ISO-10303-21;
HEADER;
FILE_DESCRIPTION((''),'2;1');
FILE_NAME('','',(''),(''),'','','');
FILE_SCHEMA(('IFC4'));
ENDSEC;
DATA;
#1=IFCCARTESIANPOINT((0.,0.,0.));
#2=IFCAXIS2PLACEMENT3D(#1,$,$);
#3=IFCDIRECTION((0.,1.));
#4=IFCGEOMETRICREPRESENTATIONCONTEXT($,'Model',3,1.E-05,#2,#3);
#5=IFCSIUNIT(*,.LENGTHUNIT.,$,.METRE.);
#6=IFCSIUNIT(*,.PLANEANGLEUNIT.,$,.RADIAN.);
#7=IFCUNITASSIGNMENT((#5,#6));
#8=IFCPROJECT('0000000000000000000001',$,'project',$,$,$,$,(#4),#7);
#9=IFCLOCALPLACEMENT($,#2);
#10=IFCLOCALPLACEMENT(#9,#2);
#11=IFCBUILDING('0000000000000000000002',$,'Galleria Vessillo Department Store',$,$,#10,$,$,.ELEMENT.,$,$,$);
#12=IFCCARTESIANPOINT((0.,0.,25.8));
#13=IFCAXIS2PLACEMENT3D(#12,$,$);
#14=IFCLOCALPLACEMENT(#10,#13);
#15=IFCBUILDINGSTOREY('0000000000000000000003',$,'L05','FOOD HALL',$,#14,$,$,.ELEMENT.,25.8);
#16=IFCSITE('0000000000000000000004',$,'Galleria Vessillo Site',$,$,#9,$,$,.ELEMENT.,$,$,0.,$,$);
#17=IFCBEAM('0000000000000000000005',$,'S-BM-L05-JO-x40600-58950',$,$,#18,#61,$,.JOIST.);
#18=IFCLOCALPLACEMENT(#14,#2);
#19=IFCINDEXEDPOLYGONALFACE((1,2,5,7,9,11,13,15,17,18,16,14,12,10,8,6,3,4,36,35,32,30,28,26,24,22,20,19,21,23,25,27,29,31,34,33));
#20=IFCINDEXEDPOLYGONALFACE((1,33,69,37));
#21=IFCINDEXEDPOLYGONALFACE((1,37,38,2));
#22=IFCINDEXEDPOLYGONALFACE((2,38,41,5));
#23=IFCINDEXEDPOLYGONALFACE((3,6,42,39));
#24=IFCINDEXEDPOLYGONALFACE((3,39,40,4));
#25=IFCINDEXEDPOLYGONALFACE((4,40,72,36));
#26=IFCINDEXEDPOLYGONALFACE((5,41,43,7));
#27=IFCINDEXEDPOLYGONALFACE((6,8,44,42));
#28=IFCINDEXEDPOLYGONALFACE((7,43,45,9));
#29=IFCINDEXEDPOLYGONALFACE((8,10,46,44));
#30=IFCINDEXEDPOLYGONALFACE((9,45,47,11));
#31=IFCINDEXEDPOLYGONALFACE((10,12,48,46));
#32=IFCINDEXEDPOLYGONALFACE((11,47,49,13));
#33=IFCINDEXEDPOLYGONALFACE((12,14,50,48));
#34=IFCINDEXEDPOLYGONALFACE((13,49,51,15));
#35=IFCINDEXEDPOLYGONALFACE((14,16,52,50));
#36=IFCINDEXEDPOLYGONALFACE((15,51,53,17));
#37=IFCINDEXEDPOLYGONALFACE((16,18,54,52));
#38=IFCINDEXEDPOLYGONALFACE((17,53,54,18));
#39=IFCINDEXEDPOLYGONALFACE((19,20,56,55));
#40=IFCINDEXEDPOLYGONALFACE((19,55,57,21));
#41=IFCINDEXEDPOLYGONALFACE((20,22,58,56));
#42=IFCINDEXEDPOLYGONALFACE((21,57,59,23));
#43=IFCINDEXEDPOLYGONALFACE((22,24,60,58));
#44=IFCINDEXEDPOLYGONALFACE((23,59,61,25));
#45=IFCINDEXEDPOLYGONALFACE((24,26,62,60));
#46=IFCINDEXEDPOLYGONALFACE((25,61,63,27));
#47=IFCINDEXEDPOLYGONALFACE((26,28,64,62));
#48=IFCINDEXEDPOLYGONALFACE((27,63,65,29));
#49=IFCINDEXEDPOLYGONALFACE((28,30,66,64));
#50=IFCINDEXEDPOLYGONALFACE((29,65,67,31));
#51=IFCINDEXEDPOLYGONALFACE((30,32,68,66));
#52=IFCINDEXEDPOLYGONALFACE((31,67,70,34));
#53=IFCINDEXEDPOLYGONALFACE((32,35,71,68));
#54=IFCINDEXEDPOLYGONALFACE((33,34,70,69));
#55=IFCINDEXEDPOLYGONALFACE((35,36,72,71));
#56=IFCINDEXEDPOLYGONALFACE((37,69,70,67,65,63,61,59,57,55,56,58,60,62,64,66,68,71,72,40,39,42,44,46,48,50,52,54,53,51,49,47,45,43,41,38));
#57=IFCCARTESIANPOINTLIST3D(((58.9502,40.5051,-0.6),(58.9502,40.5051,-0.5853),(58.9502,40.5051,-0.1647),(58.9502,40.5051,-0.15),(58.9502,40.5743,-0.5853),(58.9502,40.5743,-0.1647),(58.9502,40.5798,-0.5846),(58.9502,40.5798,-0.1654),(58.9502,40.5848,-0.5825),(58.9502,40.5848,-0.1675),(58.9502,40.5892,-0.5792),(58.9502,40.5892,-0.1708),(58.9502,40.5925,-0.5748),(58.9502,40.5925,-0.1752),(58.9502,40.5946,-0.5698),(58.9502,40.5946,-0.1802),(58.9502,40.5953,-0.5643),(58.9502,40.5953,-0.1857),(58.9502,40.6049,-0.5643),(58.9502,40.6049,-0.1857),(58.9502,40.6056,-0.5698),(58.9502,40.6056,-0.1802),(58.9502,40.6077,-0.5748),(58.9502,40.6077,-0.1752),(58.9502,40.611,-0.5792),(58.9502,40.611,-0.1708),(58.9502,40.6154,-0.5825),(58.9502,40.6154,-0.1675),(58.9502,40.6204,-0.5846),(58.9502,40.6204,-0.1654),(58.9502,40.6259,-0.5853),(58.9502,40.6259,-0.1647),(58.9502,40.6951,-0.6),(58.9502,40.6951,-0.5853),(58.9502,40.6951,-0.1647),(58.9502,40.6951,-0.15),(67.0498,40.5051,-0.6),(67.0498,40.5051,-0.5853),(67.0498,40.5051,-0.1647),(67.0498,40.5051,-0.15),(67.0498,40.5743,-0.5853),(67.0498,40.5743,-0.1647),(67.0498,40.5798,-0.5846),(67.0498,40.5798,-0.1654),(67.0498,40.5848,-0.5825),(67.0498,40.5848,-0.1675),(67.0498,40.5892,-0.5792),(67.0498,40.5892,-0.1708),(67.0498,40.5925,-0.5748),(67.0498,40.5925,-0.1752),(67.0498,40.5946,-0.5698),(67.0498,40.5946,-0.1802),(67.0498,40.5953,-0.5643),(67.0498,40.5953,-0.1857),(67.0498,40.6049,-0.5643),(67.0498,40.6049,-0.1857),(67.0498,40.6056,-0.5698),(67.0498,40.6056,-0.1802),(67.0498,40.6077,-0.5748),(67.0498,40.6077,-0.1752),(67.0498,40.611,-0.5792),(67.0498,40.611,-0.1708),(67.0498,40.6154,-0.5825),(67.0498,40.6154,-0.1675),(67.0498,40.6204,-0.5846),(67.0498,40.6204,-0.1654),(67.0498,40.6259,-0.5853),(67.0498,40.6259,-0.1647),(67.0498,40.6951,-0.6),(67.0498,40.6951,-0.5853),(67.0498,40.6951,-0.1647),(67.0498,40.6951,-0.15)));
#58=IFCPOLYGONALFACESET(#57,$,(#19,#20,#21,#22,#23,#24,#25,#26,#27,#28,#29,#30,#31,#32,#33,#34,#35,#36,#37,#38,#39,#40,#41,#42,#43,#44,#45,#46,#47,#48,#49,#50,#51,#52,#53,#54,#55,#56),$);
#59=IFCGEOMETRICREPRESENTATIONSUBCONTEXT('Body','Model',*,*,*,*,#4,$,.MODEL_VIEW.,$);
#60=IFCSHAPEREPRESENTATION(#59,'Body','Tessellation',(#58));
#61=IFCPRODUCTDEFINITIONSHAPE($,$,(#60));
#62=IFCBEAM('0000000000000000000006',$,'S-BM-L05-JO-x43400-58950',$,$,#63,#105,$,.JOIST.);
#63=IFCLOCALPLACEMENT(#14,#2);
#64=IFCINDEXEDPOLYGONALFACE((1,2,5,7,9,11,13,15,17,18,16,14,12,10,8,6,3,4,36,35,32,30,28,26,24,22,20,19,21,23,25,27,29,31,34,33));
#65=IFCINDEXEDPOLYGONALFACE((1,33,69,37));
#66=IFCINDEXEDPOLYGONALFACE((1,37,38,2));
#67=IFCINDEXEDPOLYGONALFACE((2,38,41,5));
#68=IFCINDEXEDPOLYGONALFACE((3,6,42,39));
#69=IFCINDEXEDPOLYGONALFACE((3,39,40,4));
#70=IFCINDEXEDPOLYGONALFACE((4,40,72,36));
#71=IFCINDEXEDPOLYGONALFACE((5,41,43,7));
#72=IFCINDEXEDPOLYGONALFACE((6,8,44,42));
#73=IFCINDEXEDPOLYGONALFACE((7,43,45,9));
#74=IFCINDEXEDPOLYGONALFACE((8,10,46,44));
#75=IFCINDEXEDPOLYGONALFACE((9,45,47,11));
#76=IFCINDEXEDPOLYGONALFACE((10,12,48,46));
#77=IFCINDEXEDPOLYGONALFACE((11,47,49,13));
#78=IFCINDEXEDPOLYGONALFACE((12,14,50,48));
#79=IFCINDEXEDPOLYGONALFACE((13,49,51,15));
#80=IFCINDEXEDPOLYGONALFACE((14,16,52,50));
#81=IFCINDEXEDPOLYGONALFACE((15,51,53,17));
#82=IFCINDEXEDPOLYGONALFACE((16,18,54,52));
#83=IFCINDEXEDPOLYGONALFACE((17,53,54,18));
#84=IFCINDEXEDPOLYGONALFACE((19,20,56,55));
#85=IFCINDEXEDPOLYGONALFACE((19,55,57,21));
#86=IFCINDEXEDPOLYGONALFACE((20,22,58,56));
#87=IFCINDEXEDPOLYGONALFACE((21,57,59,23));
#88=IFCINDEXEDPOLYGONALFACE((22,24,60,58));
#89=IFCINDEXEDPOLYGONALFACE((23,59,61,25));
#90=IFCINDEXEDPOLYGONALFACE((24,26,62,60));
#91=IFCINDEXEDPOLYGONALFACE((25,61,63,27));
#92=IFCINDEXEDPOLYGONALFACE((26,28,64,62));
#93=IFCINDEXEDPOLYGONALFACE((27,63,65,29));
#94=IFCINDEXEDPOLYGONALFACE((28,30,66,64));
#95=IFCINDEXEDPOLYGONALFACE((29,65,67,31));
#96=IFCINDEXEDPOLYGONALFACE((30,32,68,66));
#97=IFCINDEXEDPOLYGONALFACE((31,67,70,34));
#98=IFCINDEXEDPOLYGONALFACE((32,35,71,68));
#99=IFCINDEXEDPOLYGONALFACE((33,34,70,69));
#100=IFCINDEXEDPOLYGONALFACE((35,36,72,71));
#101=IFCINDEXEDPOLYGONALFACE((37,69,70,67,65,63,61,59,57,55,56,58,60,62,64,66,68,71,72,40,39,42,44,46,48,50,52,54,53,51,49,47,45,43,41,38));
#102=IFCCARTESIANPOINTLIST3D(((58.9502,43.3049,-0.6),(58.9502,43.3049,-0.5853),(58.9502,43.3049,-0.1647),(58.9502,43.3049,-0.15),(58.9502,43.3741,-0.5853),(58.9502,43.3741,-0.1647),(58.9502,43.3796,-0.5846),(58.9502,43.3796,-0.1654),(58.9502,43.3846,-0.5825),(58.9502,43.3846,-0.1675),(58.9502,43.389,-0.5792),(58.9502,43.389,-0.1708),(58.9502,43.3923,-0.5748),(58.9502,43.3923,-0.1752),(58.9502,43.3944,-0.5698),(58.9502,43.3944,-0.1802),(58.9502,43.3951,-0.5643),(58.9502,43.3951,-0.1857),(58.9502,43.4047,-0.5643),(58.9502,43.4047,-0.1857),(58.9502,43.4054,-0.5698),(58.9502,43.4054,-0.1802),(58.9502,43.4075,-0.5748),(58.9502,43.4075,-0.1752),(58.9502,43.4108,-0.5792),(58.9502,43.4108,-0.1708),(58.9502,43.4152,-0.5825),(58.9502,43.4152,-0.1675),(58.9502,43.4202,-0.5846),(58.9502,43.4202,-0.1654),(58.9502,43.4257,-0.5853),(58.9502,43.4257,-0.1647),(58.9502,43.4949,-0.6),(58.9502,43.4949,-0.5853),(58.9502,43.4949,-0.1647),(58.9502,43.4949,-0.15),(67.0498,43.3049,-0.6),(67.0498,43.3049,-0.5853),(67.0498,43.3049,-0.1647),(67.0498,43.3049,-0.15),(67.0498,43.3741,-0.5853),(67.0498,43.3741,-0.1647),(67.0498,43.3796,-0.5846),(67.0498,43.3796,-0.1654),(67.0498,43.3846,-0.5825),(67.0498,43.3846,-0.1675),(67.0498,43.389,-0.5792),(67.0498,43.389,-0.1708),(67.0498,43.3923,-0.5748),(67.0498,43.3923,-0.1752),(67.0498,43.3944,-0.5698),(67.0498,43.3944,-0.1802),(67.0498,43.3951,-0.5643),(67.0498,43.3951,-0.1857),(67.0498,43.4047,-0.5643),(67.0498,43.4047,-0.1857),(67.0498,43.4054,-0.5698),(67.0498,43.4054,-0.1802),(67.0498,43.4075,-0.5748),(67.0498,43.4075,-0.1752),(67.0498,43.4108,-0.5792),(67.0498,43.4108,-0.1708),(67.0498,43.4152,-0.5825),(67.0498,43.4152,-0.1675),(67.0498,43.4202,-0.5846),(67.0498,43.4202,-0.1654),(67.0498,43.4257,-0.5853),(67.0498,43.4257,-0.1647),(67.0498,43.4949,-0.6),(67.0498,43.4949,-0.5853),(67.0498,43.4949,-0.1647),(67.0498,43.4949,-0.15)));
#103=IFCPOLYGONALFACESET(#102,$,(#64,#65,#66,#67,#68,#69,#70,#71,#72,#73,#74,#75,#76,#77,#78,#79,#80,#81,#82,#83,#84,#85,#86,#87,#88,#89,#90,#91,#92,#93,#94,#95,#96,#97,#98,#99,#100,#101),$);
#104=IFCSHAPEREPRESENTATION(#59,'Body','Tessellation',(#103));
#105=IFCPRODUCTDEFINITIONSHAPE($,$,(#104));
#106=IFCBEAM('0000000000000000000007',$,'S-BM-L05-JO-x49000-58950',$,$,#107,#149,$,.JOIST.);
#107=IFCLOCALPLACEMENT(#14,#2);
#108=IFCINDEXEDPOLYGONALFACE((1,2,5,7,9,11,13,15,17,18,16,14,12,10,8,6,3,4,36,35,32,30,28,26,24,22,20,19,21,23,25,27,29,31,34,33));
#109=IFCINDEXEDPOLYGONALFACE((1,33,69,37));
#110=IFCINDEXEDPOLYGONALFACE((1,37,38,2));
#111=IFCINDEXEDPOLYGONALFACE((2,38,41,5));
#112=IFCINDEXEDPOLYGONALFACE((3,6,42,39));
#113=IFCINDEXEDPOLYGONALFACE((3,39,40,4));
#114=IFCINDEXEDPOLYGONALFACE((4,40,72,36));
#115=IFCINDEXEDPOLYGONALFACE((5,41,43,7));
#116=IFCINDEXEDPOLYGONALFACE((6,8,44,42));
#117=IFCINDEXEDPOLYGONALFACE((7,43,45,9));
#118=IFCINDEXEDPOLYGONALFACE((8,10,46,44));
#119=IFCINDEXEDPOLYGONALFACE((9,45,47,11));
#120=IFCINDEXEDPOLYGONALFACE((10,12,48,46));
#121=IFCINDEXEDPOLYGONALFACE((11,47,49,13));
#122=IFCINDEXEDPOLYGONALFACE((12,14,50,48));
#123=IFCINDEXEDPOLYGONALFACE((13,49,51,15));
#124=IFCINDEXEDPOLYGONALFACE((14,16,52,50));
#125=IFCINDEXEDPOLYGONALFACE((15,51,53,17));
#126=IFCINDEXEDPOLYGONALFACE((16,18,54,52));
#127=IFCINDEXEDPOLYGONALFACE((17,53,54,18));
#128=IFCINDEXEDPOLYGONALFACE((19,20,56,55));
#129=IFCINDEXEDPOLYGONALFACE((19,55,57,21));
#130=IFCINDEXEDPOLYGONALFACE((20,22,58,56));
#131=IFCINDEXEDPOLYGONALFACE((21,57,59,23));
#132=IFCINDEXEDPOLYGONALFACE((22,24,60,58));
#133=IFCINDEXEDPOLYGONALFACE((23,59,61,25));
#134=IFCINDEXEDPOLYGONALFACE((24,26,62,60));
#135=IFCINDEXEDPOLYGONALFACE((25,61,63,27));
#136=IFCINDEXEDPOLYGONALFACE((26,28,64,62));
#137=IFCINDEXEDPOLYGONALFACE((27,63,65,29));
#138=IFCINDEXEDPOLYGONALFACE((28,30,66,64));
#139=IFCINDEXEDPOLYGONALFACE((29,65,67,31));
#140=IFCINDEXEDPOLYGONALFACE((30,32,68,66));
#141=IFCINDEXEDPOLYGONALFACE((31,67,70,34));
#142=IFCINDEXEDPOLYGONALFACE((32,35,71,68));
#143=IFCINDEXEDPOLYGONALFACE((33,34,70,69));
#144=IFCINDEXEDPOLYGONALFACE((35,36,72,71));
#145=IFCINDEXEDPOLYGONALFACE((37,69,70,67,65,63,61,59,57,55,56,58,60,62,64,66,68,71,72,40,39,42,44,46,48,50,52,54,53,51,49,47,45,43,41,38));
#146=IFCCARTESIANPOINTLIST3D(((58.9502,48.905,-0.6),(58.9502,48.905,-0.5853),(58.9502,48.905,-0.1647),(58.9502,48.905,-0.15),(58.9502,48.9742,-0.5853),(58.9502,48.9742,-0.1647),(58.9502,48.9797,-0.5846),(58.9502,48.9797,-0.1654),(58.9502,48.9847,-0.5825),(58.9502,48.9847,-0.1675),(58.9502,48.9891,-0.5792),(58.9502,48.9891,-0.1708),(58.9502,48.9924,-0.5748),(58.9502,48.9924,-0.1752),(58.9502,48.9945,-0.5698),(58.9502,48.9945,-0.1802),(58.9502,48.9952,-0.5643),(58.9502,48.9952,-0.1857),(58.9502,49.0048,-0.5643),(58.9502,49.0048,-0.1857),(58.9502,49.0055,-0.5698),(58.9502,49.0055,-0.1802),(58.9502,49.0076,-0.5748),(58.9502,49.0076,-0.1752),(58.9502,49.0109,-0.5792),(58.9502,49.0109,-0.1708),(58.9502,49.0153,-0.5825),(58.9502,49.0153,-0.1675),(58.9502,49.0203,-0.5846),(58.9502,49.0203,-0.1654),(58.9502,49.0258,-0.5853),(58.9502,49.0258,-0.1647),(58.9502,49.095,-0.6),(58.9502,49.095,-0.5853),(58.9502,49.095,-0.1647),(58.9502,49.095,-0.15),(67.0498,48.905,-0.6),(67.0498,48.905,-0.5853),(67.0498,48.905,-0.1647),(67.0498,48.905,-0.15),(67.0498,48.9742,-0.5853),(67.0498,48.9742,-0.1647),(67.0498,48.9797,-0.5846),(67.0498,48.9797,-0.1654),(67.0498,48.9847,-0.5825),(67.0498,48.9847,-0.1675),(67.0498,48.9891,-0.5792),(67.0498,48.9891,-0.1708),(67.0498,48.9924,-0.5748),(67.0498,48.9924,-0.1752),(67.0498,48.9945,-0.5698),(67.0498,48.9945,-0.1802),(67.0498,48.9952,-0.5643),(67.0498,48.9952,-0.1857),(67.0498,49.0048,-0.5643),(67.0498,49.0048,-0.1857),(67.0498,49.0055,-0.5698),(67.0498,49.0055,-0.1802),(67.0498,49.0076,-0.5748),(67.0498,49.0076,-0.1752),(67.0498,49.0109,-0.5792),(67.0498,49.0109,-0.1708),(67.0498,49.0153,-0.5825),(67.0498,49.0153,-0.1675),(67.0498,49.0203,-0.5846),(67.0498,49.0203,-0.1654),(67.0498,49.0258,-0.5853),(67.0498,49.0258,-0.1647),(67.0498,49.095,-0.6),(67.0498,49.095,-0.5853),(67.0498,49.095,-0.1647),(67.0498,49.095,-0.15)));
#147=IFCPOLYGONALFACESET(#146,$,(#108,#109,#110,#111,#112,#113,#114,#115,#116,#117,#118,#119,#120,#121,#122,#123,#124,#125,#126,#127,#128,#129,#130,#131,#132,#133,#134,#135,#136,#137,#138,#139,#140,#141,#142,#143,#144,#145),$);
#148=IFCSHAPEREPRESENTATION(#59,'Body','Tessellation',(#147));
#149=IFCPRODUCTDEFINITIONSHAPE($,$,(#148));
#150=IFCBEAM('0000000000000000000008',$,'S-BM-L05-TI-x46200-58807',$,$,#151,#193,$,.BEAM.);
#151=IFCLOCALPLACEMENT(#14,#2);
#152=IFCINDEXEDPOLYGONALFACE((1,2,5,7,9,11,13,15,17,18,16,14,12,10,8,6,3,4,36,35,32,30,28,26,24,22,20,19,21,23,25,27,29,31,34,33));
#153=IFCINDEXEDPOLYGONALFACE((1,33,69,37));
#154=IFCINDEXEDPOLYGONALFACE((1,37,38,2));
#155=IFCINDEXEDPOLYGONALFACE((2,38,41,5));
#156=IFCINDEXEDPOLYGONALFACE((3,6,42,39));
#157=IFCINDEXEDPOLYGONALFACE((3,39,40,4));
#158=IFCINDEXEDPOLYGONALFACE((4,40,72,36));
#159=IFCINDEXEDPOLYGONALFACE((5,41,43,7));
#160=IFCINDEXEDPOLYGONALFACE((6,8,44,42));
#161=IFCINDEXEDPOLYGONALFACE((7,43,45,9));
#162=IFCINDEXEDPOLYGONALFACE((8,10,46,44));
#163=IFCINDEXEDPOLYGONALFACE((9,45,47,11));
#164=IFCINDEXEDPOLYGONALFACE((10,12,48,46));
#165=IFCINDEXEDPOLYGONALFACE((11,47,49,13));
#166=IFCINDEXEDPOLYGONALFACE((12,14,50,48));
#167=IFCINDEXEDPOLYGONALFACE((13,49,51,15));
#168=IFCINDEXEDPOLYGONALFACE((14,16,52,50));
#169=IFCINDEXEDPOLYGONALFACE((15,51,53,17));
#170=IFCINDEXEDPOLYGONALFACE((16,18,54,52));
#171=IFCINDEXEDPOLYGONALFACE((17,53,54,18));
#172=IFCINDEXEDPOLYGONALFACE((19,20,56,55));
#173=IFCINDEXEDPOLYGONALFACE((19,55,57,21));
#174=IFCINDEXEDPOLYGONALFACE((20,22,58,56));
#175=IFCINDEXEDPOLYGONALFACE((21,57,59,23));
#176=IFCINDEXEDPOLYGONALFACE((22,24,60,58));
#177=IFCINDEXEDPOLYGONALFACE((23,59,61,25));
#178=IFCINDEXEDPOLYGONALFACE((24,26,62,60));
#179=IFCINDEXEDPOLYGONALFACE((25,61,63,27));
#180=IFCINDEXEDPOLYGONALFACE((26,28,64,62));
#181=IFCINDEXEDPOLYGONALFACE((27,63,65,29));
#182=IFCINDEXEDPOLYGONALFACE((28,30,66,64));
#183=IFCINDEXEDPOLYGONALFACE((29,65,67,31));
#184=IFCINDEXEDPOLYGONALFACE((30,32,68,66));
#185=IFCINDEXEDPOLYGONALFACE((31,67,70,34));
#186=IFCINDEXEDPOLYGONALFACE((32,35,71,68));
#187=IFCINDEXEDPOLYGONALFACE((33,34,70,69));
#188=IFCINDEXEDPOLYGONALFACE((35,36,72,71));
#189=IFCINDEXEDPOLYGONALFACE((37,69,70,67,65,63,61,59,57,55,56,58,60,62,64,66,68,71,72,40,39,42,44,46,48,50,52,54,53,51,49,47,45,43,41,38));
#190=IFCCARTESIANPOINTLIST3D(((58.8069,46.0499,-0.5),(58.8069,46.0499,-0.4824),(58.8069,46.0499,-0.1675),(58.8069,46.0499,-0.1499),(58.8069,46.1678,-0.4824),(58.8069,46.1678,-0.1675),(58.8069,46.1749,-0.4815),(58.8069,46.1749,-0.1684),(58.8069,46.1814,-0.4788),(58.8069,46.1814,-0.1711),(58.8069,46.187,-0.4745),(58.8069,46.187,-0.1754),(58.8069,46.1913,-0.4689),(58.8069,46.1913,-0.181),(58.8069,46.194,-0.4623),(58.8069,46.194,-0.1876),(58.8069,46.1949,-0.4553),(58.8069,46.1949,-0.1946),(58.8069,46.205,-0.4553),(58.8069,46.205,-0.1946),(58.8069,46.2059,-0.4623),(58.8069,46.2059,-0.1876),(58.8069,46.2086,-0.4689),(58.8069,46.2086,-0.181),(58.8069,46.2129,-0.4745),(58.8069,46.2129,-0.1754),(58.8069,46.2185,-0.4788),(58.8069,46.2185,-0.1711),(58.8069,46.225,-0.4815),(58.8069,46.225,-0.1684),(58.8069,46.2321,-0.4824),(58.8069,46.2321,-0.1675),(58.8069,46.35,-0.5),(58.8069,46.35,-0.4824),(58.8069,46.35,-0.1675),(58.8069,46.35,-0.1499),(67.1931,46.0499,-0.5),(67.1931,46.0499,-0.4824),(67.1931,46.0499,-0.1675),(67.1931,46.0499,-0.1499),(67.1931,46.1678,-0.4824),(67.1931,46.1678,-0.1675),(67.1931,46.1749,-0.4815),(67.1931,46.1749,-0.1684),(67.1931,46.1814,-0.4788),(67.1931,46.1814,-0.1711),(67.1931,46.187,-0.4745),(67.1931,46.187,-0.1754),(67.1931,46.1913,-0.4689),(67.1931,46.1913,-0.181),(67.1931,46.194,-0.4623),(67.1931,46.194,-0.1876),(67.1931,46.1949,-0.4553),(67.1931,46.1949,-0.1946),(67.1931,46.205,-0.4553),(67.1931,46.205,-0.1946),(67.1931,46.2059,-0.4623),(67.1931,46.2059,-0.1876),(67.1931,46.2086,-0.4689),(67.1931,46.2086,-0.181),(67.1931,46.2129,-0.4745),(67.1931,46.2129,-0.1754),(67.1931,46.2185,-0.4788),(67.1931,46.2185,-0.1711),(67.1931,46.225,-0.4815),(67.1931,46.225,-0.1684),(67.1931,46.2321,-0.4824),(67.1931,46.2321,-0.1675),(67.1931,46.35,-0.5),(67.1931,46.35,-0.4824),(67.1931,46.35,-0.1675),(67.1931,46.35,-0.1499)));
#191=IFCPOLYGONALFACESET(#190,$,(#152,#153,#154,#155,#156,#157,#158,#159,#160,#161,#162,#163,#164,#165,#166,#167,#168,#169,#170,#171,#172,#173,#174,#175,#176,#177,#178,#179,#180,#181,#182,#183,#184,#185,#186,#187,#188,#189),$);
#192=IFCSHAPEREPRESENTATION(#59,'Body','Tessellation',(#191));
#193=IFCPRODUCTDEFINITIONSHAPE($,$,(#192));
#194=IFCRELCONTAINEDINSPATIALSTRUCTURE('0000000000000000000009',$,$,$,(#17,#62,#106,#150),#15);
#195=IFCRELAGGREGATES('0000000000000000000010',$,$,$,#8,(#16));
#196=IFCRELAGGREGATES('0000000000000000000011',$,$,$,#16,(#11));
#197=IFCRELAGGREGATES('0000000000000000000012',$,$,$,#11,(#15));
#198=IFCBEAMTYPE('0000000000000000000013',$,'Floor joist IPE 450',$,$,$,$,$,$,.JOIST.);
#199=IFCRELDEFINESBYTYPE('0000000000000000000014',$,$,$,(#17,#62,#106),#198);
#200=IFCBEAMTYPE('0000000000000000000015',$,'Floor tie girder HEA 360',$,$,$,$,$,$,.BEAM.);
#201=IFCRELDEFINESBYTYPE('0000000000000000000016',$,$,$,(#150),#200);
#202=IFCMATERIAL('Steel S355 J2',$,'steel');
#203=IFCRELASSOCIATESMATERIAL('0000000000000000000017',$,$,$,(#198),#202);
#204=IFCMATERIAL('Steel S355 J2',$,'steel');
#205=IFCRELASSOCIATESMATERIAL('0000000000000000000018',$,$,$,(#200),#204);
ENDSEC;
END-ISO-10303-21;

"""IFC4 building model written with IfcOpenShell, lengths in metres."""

from ifc_helpers import new_model, si_unit, direction, frame, origin, origin_2d, place, context, subcontext, project, spatial, i_section, extrude, material, material_profile, profile_set, type_object, element, save


model = new_model("IFC4")

# Units and contexts
model_context = context("Model", 3, precision=1e-05, world=origin(), true_north=direction((0.0, 1.0)))
body_context = subcontext(model_context, "Body", "Model", "MODEL_VIEW")
ifc_project = project(units=[si_unit("LENGTHUNIT", "METRE"), si_unit("PLANEANGLEUNIT", "RADIAN")], contexts=[model_context])

# Site, building, storey
site_placement = place(None, origin())
site = spatial("IfcSite", under=ifc_project, at=site_placement, Name="Galleria Vessillo Site", CompositionType="ELEMENT", RefElevation=0.0)
building_placement = place(site_placement, origin())
building = spatial("IfcBuilding", under=site, at=building_placement, Name="Galleria Vessillo Department Store", CompositionType="ELEMENT")
storey_placement = place(building_placement, frame((0.0, 0.0, 25.8)))
storey = spatial("IfcBuildingStorey", under=building, at=storey_placement, Name="L05", Description="FOOD HALL", CompositionType="ELEMENT", Elevation=25.8)

# Beams
ifc_material_1 = material(Name="Steel S355 J2", Category="steel")
ifc_material_profile_1 = material_profile(ifc_material_1, i_section(OverallWidth=0.1899, OverallDepth=0.45, WebThickness=0.0095, FlangeThickness=0.0146, FilletRadius=0.021, at=origin_2d()), Name="IPE 450")
ifc_profile_set_1 = profile_set([ifc_material_profile_1], Name="Steel S355 J2")
beam_type_1 = type_object("IfcBeamType", Name="Floor joist IPE 450", PredefinedType="JOIST", material=ifc_profile_set_1)
for number, where, z_axis, x_axis, name in (
    (1, (58.9502, 40.6001, -0.375), (1.0, 0.0, 0.0), (0.0, 1.0, 0.0), "S-BM-L05-JO-x40600-58950"),
    (2, (58.9502, 43.3999, -0.375), (1.0, 0.0, 0.0), (0.0, 1.0, 0.0), "S-BM-L05-JO-x43400-58950"),
    (3, (58.9502, 49.0, -0.375), (1.0, 0.0, 0.0), (0.0, 1.0, 0.0), "S-BM-L05-JO-x49000-58950"),
):
    element("IfcBeam", number, at=place(storey_placement, frame(where, z_axis=z_axis, x_axis=x_axis)), inside=storey, type_object=beam_type_1, Name=name, PredefinedType="JOIST", context=body_context, shape_type="SweptSolid", body=[
        extrude(i_section(OverallWidth=0.1899, OverallDepth=0.45, WebThickness=0.0095, FlangeThickness=0.0146, FilletRadius=0.021, at=origin_2d()), origin(), (0.0, 0.0, 1.0), 8.0996),
    ])
ifc_material_2 = material(Name="Steel S355 J2", Category="steel")
ifc_material_profile_2 = material_profile(ifc_material_2, i_section(OverallWidth=0.3, OverallDepth=0.3501, WebThickness=0.01, FlangeThickness=0.0176, FilletRadius=0.0271, at=origin_2d()), Name="HEA 360")
ifc_profile_set_2 = profile_set([ifc_material_profile_2], Name="Steel S355 J2")
beam_type_2 = type_object("IfcBeamType", Name="Floor tie girder HEA 360", PredefinedType="BEAM", material=ifc_profile_set_2)
beam_1_placement = place(storey_placement, frame((58.8069, 46.2, -0.325), z_axis=(1.0, 0.0, 0.0), x_axis=(0.0, 1.0, 0.0)))
element("IfcBeam", 4, at=beam_1_placement, inside=storey, type_object=beam_type_2, Name="S-BM-L05-TI-x46200-58807", PredefinedType="BEAM", context=body_context, shape_type="SweptSolid", body=[
    extrude(i_section(OverallWidth=0.3, OverallDepth=0.3501, WebThickness=0.01, FlangeThickness=0.0176, FilletRadius=0.0271, at=origin_2d()), origin(), (0.0, 0.0, 1.0), 8.3862),
])

save(model, "model.ifc")
